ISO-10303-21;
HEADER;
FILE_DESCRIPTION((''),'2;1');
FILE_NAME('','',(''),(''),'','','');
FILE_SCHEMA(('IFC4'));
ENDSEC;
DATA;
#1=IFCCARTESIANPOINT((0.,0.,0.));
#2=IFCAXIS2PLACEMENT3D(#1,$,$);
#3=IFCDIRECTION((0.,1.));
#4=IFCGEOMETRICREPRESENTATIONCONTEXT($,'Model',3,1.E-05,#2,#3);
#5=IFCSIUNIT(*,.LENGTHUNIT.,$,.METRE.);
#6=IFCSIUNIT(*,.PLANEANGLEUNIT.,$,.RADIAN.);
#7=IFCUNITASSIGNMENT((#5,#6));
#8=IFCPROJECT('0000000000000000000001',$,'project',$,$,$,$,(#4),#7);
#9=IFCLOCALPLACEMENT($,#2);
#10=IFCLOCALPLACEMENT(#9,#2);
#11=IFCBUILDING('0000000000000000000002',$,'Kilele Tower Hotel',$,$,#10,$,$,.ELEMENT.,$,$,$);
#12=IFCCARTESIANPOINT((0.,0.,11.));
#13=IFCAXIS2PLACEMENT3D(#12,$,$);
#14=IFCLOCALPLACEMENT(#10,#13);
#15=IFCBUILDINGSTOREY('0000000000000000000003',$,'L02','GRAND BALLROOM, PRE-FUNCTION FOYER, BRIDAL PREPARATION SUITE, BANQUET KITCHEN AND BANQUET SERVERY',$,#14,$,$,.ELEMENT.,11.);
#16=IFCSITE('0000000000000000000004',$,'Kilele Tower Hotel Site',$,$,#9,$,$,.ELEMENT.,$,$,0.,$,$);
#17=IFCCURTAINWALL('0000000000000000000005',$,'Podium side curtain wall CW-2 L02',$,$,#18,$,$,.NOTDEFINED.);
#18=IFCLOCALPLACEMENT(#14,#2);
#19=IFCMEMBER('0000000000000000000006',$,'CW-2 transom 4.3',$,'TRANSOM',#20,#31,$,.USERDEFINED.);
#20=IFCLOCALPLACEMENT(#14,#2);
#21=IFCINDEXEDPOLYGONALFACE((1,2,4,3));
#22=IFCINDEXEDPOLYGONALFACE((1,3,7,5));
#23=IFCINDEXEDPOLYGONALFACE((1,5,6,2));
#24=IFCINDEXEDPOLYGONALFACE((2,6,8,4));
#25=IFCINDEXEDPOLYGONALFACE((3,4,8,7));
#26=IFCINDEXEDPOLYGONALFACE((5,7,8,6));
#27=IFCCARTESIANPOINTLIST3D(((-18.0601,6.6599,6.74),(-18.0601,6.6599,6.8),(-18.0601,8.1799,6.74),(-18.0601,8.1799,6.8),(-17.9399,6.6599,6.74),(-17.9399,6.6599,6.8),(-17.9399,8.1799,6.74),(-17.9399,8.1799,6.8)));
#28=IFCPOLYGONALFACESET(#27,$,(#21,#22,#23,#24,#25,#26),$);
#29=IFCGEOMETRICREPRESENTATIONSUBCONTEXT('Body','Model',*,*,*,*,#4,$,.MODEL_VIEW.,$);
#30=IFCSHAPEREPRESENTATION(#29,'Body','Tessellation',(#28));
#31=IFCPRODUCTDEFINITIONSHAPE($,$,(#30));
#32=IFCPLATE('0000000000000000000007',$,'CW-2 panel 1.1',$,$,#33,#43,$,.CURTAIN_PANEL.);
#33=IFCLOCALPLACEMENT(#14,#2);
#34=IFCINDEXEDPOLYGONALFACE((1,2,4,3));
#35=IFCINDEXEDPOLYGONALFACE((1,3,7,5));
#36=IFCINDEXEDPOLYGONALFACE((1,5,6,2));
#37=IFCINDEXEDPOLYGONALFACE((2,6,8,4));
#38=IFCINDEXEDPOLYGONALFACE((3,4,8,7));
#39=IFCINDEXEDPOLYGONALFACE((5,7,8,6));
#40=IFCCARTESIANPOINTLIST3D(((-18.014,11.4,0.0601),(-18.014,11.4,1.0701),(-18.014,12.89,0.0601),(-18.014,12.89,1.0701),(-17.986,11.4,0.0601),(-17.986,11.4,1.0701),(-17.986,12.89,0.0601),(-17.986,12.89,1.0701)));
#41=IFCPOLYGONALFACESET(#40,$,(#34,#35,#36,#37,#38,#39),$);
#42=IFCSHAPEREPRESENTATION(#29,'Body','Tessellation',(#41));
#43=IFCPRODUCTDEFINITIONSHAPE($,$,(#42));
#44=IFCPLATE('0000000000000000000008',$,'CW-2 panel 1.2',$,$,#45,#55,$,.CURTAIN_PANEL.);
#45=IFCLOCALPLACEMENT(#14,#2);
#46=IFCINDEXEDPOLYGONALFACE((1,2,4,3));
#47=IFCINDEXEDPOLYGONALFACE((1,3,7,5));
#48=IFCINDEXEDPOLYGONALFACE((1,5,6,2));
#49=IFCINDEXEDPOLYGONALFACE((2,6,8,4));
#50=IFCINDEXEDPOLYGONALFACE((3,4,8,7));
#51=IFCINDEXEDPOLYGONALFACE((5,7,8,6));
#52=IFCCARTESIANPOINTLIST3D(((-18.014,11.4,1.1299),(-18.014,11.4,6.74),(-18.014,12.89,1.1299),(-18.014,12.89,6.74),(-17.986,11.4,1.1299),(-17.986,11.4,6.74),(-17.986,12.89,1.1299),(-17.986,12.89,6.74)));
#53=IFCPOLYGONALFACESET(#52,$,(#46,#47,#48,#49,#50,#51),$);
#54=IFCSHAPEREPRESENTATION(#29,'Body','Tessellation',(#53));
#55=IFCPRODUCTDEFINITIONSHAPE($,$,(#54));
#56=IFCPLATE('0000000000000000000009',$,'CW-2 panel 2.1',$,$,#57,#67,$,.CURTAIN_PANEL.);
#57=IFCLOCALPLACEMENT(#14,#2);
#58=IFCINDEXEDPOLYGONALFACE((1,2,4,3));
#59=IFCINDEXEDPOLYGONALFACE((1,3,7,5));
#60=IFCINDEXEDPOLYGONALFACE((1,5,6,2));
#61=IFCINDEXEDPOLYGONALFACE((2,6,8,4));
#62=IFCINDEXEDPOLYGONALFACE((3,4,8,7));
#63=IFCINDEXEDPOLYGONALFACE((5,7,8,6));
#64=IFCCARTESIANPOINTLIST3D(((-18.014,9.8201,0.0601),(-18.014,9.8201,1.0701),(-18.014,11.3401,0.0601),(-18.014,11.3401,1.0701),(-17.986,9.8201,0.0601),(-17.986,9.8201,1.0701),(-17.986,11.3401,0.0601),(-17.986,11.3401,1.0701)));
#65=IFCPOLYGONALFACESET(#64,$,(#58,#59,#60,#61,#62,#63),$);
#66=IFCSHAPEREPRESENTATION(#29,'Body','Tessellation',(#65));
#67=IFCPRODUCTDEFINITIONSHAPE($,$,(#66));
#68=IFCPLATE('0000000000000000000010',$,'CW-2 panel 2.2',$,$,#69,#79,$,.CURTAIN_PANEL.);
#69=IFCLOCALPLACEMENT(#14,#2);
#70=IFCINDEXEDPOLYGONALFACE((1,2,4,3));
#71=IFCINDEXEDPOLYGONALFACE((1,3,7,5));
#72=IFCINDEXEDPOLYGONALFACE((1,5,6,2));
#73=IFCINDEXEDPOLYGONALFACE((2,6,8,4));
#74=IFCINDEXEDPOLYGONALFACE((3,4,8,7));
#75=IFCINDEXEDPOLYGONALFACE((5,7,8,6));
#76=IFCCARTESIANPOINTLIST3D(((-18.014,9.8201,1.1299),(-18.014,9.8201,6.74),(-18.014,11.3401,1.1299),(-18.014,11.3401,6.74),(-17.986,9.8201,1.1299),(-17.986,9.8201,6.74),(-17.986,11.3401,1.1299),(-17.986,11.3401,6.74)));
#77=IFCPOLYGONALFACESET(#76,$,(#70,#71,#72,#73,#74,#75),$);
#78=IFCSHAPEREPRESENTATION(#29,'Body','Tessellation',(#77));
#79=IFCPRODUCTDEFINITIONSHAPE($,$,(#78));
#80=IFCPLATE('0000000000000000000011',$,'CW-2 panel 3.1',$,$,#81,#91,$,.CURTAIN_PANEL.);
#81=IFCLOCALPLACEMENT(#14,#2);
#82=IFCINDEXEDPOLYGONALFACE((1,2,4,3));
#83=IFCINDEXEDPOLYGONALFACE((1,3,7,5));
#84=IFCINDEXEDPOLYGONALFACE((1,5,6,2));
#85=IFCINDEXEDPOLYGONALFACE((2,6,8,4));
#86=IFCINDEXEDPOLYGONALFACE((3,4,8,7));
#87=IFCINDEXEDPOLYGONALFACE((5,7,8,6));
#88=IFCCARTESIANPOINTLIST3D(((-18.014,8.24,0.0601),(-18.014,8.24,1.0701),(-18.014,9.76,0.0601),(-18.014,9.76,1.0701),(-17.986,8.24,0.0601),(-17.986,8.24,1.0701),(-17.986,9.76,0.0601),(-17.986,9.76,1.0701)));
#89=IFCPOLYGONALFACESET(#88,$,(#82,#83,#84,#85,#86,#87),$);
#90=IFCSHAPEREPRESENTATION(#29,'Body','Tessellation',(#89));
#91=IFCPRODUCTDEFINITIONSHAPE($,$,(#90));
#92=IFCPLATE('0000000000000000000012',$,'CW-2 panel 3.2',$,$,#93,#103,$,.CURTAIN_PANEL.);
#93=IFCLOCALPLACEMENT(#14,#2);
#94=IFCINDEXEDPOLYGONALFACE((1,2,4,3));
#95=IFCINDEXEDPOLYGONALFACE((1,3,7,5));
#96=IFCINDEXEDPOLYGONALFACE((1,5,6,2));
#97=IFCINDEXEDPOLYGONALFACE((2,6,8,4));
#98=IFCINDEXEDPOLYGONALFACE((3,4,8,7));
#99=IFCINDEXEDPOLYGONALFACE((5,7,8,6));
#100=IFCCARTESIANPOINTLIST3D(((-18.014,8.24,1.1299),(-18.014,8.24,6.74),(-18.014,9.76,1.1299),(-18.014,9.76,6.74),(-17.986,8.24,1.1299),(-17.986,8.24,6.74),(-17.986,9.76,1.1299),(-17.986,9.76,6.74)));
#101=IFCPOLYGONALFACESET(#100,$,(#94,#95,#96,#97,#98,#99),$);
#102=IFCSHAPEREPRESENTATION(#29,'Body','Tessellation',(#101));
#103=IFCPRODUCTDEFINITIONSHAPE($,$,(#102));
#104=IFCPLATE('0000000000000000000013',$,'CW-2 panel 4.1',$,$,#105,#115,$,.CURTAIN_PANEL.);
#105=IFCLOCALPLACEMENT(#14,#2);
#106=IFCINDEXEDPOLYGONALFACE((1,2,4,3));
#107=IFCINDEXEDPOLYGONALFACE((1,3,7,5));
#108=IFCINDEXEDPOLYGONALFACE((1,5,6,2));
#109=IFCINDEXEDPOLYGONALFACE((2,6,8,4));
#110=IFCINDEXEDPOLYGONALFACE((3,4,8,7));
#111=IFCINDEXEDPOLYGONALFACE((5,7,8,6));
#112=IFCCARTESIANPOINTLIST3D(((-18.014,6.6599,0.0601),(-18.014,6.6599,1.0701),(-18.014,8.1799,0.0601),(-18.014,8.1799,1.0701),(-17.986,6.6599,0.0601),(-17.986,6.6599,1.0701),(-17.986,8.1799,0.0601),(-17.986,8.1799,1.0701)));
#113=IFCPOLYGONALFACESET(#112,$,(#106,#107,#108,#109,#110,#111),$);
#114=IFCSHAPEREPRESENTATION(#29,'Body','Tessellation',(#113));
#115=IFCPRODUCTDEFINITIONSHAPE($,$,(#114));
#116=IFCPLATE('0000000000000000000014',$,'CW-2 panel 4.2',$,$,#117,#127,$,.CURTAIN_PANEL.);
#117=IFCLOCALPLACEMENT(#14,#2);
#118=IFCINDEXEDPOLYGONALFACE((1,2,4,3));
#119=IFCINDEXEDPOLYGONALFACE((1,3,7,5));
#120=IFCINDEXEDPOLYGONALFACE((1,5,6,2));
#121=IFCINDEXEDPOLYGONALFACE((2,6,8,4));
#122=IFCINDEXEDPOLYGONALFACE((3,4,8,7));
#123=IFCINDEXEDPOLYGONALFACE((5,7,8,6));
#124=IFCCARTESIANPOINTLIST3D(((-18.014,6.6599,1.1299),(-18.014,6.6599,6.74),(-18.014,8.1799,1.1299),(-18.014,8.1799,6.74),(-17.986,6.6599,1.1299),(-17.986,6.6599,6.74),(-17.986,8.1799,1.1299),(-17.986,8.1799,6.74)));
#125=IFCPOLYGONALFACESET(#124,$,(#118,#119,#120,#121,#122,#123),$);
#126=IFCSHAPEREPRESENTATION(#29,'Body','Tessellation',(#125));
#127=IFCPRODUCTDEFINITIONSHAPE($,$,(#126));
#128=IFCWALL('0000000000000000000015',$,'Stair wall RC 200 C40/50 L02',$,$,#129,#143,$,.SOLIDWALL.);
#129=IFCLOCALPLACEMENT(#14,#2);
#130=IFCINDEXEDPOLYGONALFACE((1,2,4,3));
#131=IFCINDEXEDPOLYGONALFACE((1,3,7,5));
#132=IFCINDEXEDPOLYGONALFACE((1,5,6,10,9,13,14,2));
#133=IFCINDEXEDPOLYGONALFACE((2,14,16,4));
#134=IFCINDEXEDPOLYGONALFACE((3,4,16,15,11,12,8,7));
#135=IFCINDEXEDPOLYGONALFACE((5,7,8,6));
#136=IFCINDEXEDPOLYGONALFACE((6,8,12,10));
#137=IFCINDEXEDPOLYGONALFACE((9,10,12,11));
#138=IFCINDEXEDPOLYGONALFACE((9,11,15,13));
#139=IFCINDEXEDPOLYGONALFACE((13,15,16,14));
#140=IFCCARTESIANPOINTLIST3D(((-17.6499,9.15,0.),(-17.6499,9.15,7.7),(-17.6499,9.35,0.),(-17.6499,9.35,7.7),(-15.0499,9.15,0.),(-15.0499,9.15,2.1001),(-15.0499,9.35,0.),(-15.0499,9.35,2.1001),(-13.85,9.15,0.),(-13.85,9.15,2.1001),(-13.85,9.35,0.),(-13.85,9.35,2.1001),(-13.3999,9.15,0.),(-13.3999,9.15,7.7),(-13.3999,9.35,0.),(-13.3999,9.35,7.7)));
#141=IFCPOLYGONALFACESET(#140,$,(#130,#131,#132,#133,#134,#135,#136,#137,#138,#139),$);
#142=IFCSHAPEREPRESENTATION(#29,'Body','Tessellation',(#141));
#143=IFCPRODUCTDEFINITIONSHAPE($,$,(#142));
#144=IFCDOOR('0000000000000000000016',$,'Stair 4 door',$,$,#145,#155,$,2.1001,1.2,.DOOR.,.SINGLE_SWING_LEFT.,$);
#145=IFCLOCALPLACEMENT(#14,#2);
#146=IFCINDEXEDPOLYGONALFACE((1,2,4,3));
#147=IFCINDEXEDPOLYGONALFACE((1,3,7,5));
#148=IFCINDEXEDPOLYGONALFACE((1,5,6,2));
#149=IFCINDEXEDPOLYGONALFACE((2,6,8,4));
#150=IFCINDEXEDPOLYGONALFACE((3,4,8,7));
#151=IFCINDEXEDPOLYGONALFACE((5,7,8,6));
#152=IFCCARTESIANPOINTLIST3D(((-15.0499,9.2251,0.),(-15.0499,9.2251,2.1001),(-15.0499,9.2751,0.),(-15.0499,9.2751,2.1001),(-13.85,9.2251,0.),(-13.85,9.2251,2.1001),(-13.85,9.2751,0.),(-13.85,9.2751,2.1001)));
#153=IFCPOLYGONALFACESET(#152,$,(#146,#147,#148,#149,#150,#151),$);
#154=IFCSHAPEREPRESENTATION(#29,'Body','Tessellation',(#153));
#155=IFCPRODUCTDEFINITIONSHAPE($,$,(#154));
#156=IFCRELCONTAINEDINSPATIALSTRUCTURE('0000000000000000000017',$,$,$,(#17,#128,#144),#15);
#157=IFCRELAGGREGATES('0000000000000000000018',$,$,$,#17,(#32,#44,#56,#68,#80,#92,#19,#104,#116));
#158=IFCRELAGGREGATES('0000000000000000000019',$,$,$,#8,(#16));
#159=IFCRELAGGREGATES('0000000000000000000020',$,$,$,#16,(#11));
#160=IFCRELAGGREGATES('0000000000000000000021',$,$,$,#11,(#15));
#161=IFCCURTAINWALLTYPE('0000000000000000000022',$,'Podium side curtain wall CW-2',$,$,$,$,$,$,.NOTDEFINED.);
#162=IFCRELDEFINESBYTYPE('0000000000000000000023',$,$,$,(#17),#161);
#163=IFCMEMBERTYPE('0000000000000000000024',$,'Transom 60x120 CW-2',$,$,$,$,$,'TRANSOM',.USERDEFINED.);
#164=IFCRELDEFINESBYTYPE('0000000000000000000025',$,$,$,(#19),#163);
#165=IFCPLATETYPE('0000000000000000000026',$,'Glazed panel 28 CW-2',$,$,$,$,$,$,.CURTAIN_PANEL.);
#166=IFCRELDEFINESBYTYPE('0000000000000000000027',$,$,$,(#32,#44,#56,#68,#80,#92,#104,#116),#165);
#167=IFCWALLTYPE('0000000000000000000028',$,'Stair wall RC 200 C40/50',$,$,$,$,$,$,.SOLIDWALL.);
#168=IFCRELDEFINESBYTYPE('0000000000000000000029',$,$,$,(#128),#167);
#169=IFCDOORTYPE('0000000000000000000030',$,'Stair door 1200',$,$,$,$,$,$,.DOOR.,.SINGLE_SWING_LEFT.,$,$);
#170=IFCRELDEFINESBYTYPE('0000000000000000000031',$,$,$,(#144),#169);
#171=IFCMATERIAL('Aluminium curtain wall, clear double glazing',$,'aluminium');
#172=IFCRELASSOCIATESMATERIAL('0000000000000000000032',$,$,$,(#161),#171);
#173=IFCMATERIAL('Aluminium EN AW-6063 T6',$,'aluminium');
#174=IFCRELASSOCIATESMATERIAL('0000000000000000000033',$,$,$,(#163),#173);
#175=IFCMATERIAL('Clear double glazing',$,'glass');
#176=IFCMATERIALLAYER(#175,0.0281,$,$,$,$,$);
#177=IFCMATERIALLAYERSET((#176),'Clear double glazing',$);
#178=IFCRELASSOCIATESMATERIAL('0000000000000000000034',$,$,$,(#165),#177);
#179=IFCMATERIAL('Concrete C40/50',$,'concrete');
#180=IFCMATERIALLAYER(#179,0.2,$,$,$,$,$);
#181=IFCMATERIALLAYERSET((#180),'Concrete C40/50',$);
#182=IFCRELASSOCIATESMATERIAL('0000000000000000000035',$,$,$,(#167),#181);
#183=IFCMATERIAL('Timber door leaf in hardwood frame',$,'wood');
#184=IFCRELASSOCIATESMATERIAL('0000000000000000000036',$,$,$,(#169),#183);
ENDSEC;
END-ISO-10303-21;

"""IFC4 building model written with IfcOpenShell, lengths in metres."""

from ifc_helpers import new_model, si_unit, direction, frame, frame_2d, origin, origin_2d, place, context, subcontext, project, spatial, rectangle, extrude, material, layer, layer_set, material_profile, profile_set, type_object, element, fill, aggregate, save


model = new_model("IFC4")

# Units and contexts
model_context = context("Model", 3, precision=1e-05, world=origin(), true_north=direction((0.0, 1.0)))
body_context = subcontext(model_context, "Body", "Model", "MODEL_VIEW")
ifc_project = project(units=[si_unit("LENGTHUNIT", "METRE"), si_unit("PLANEANGLEUNIT", "RADIAN")], contexts=[model_context])

# Site, building, storey
site_placement = place(None, origin())
site = spatial("IfcSite", under=ifc_project, at=site_placement, Name="Kilele Tower Hotel Site", CompositionType="ELEMENT", RefElevation=0.0)
building_placement = place(site_placement, origin())
building = spatial("IfcBuilding", under=site, at=building_placement, Name="Kilele Tower Hotel", CompositionType="ELEMENT")
storey_placement = place(building_placement, frame((0.0, 0.0, 11.0)))
storey = spatial("IfcBuildingStorey", under=building, at=storey_placement, Name="L02", Description="GRAND BALLROOM, PRE-FUNCTION FOYER, BRIDAL PREPARATION SUITE, BANQUET KITCHEN AND BANQUET SERVERY", CompositionType="ELEMENT", Elevation=11.0)

# Curtain wall, member, plates
ifc_material_1 = material(Name="Aluminium curtain wall, clear double glazing", Category="aluminium")
curtain_wall_type = type_object("IfcCurtainWallType", Name="Podium side curtain wall CW-2", PredefinedType="NOTDEFINED", material=ifc_material_1)
curtain_wall_placement = place(storey_placement, origin())
curtain_wall = element("IfcCurtainWall", 1, at=curtain_wall_placement, inside=storey, type_object=curtain_wall_type, Name="Podium side curtain wall CW-2 L02", PredefinedType="NOTDEFINED")
ifc_material_2 = material(Name="Aluminium EN AW-6063 T6", Category="aluminium")
ifc_material_profile_1 = material_profile(ifc_material_2, rectangle(XDim=0.1201, YDim=0.0601, at=origin_2d()))
ifc_profile_set_1 = profile_set([ifc_material_profile_1], Name="Aluminium EN AW-6063 T6")
member_type_1 = type_object("IfcMemberType", Name="Transom 60x120 CW-2", ElementType="TRANSOM", PredefinedType="USERDEFINED", material=ifc_profile_set_1)
member_1_placement = place(storey_placement, frame((-18.0, 8.1799, 6.77), z_axis=(0.0, -1.0, 0.0), x_axis=(1.0, 0.0, 0.0)))
member_1 = element("IfcMember", 2, at=member_1_placement, type_object=member_type_1, Name="CW-2 transom 4.3", ObjectType="TRANSOM", PredefinedType="USERDEFINED", context=body_context, shape_type="SweptSolid", body=[
    extrude(rectangle(XDim=0.1201, YDim=0.0601, at=origin_2d()), origin(), (0.0, 0.0, 1.0), 1.52),
])
ifc_material_3 = material(Name="Clear double glazing", Category="glass")
ifc_layer_1 = layer(ifc_material_3, 0.0281)
ifc_layer_set_1 = layer_set([ifc_layer_1], Name="Clear double glazing")
plate_type = type_object("IfcPlateType", Name="Glazed panel 28 CW-2", PredefinedType="CURTAIN_PANEL", material=ifc_layer_set_1)
plate_1_placement = place(storey_placement, frame((-18.0, 12.145, 0.0601), z_axis=(0.0, 0.0, 1.0), x_axis=(0.0, -1.0, 0.0)))
plate_1 = element("IfcPlate", 3, at=plate_1_placement, type_object=plate_type, Name="CW-2 panel 1.1", PredefinedType="CURTAIN_PANEL", context=body_context, shape_type="SweptSolid", body=[
    extrude(rectangle(XDim=1.49, YDim=0.0281, at=origin_2d()), origin(), (0.0, 0.0, 1.0), 1.01),
])
plate_2_placement = place(storey_placement, frame((-18.0, 12.145, 1.1299), z_axis=(0.0, 0.0, 1.0), x_axis=(0.0, -1.0, 0.0)))
plate_2 = element("IfcPlate", 4, at=plate_2_placement, type_object=plate_type, Name="CW-2 panel 1.2", PredefinedType="CURTAIN_PANEL", context=body_context, shape_type="SweptSolid", body=[
    extrude(rectangle(XDim=1.49, YDim=0.0281, at=origin_2d()), origin(), (0.0, 0.0, 1.0), 5.6101),
])
plate_3_placement = place(storey_placement, frame((-18.0, 10.5801, 0.0601), z_axis=(0.0, 0.0, 1.0), x_axis=(0.0, -1.0, 0.0)))
plate_3 = element("IfcPlate", 5, at=plate_3_placement, type_object=plate_type, Name="CW-2 panel 2.1", PredefinedType="CURTAIN_PANEL", context=body_context, shape_type="SweptSolid", body=[
    extrude(rectangle(XDim=1.52, YDim=0.0281, at=origin_2d()), origin(), (0.0, 0.0, 1.0), 1.01),
])
plate_4_placement = place(storey_placement, frame((-18.0, 10.5801, 1.1299), z_axis=(0.0, 0.0, 1.0), x_axis=(0.0, -1.0, 0.0)))
plate_4 = element("IfcPlate", 6, at=plate_4_placement, type_object=plate_type, Name="CW-2 panel 2.2", PredefinedType="CURTAIN_PANEL", context=body_context, shape_type="SweptSolid", body=[
    extrude(rectangle(XDim=1.52, YDim=0.0281, at=origin_2d()), origin(), (0.0, 0.0, 1.0), 5.6101),
])
plate_5_placement = place(storey_placement, frame((-18.0, 9.0, 0.0601), z_axis=(0.0, 0.0, 1.0), x_axis=(0.0, -1.0, 0.0)))
plate_5 = element("IfcPlate", 7, at=plate_5_placement, type_object=plate_type, Name="CW-2 panel 3.1", PredefinedType="CURTAIN_PANEL", context=body_context, shape_type="SweptSolid", body=[
    extrude(rectangle(XDim=1.52, YDim=0.0281, at=origin_2d()), origin(), (0.0, 0.0, 1.0), 1.01),
])
plate_6_placement = place(storey_placement, frame((-18.0, 9.0, 1.1299), z_axis=(0.0, 0.0, 1.0), x_axis=(0.0, -1.0, 0.0)))
plate_6 = element("IfcPlate", 8, at=plate_6_placement, type_object=plate_type, Name="CW-2 panel 3.2", PredefinedType="CURTAIN_PANEL", context=body_context, shape_type="SweptSolid", body=[
    extrude(rectangle(XDim=1.52, YDim=0.0281, at=origin_2d()), origin(), (0.0, 0.0, 1.0), 5.6101),
])
plate_7_placement = place(storey_placement, frame((-18.0, 7.4199, 0.0601), z_axis=(0.0, 0.0, 1.0), x_axis=(0.0, -1.0, 0.0)))
plate_7 = element("IfcPlate", 9, at=plate_7_placement, type_object=plate_type, Name="CW-2 panel 4.1", PredefinedType="CURTAIN_PANEL", context=body_context, shape_type="SweptSolid", body=[
    extrude(rectangle(XDim=1.52, YDim=0.0281, at=origin_2d()), origin(), (0.0, 0.0, 1.0), 1.01),
])
plate_8_placement = place(storey_placement, frame((-18.0, 7.4199, 1.1299), z_axis=(0.0, 0.0, 1.0), x_axis=(0.0, -1.0, 0.0)))
plate_8 = element("IfcPlate", 10, at=plate_8_placement, type_object=plate_type, Name="CW-2 panel 4.2", PredefinedType="CURTAIN_PANEL", context=body_context, shape_type="SweptSolid", body=[
    extrude(rectangle(XDim=1.52, YDim=0.0281, at=origin_2d()), origin(), (0.0, 0.0, 1.0), 5.6101),
])
aggregate(curtain_wall, [plate_1, plate_2, plate_3, plate_4, plate_5, plate_6, member_1, plate_7, plate_8])

# Wall, opening, door
ifc_material_4 = material(Name="Concrete C40/50", Category="concrete")
ifc_layer_2 = layer(ifc_material_4, 0.2)
ifc_layer_set_2 = layer_set([ifc_layer_2], Name="Concrete C40/50")
wall_type = type_object("IfcWallType", Name="Stair wall RC 200 C40/50", PredefinedType="SOLIDWALL", material=ifc_layer_set_2)
wall_placement = place(storey_placement, frame((-17.6499, 9.25, 0.0), z_axis=(0.0, 0.0, 1.0), x_axis=(1.0, 0.0, 0.0)))
wall = element("IfcWall", 11, at=wall_placement, inside=storey, type_object=wall_type, Name="Stair wall RC 200 C40/50 L02", PredefinedType="SOLIDWALL", context=body_context, shape_type="SweptSolid", body=[
    extrude(rectangle(XDim=4.25, YDim=0.2, at=frame_2d((2.125, 0.0))), origin(), (0.0, 0.0, 1.0), 7.7),
])
opening_placement = place(wall_placement, frame((3.8, 0.0, 0.0), z_axis=(0.0, 0.0, 1.0), x_axis=(-1.0, 0.0, 0.0)))
opening = element("IfcOpeningElement", 12, at=opening_placement, cuts=wall, PredefinedType="OPENING", context=body_context, shape_type="SweptSolid", body=[
    extrude(rectangle(XDim=1.2, YDim=2.1001, at=frame_2d((0.6001, 1.05))), frame((0.0, 0.1099, 0.0), z_axis=(0.0, -1.0, 0.0), x_axis=(1.0, 0.0, 0.0)), (0.0, 0.0, 1.0), 0.22),
])
ifc_material_5 = material(Name="Timber door leaf in hardwood frame", Category="wood")
door_type = type_object("IfcDoorType", Name="Stair door 1200", OperationType="SINGLE_SWING_LEFT", PredefinedType="DOOR", material=ifc_material_5)
door_placement = place(opening_placement, origin())
door = element("IfcDoor", 13, at=door_placement, inside=storey, type_object=door_type, Name="Stair 4 door", OperationType="SINGLE_SWING_LEFT", OverallHeight=2.1001, OverallWidth=1.2, PredefinedType="DOOR", context=body_context, shape_type="SweptSolid", body=[
    extrude(rectangle(XDim=1.2, YDim=2.1001, at=frame_2d((0.6001, 1.05))), frame((0.0, 0.0249, 0.0), z_axis=(0.0, -1.0, 0.0), x_axis=(1.0, 0.0, 0.0)), (0.0, 0.0, 1.0), 0.05),
])
fill(opening, door)

save(model, "model.ifc")
